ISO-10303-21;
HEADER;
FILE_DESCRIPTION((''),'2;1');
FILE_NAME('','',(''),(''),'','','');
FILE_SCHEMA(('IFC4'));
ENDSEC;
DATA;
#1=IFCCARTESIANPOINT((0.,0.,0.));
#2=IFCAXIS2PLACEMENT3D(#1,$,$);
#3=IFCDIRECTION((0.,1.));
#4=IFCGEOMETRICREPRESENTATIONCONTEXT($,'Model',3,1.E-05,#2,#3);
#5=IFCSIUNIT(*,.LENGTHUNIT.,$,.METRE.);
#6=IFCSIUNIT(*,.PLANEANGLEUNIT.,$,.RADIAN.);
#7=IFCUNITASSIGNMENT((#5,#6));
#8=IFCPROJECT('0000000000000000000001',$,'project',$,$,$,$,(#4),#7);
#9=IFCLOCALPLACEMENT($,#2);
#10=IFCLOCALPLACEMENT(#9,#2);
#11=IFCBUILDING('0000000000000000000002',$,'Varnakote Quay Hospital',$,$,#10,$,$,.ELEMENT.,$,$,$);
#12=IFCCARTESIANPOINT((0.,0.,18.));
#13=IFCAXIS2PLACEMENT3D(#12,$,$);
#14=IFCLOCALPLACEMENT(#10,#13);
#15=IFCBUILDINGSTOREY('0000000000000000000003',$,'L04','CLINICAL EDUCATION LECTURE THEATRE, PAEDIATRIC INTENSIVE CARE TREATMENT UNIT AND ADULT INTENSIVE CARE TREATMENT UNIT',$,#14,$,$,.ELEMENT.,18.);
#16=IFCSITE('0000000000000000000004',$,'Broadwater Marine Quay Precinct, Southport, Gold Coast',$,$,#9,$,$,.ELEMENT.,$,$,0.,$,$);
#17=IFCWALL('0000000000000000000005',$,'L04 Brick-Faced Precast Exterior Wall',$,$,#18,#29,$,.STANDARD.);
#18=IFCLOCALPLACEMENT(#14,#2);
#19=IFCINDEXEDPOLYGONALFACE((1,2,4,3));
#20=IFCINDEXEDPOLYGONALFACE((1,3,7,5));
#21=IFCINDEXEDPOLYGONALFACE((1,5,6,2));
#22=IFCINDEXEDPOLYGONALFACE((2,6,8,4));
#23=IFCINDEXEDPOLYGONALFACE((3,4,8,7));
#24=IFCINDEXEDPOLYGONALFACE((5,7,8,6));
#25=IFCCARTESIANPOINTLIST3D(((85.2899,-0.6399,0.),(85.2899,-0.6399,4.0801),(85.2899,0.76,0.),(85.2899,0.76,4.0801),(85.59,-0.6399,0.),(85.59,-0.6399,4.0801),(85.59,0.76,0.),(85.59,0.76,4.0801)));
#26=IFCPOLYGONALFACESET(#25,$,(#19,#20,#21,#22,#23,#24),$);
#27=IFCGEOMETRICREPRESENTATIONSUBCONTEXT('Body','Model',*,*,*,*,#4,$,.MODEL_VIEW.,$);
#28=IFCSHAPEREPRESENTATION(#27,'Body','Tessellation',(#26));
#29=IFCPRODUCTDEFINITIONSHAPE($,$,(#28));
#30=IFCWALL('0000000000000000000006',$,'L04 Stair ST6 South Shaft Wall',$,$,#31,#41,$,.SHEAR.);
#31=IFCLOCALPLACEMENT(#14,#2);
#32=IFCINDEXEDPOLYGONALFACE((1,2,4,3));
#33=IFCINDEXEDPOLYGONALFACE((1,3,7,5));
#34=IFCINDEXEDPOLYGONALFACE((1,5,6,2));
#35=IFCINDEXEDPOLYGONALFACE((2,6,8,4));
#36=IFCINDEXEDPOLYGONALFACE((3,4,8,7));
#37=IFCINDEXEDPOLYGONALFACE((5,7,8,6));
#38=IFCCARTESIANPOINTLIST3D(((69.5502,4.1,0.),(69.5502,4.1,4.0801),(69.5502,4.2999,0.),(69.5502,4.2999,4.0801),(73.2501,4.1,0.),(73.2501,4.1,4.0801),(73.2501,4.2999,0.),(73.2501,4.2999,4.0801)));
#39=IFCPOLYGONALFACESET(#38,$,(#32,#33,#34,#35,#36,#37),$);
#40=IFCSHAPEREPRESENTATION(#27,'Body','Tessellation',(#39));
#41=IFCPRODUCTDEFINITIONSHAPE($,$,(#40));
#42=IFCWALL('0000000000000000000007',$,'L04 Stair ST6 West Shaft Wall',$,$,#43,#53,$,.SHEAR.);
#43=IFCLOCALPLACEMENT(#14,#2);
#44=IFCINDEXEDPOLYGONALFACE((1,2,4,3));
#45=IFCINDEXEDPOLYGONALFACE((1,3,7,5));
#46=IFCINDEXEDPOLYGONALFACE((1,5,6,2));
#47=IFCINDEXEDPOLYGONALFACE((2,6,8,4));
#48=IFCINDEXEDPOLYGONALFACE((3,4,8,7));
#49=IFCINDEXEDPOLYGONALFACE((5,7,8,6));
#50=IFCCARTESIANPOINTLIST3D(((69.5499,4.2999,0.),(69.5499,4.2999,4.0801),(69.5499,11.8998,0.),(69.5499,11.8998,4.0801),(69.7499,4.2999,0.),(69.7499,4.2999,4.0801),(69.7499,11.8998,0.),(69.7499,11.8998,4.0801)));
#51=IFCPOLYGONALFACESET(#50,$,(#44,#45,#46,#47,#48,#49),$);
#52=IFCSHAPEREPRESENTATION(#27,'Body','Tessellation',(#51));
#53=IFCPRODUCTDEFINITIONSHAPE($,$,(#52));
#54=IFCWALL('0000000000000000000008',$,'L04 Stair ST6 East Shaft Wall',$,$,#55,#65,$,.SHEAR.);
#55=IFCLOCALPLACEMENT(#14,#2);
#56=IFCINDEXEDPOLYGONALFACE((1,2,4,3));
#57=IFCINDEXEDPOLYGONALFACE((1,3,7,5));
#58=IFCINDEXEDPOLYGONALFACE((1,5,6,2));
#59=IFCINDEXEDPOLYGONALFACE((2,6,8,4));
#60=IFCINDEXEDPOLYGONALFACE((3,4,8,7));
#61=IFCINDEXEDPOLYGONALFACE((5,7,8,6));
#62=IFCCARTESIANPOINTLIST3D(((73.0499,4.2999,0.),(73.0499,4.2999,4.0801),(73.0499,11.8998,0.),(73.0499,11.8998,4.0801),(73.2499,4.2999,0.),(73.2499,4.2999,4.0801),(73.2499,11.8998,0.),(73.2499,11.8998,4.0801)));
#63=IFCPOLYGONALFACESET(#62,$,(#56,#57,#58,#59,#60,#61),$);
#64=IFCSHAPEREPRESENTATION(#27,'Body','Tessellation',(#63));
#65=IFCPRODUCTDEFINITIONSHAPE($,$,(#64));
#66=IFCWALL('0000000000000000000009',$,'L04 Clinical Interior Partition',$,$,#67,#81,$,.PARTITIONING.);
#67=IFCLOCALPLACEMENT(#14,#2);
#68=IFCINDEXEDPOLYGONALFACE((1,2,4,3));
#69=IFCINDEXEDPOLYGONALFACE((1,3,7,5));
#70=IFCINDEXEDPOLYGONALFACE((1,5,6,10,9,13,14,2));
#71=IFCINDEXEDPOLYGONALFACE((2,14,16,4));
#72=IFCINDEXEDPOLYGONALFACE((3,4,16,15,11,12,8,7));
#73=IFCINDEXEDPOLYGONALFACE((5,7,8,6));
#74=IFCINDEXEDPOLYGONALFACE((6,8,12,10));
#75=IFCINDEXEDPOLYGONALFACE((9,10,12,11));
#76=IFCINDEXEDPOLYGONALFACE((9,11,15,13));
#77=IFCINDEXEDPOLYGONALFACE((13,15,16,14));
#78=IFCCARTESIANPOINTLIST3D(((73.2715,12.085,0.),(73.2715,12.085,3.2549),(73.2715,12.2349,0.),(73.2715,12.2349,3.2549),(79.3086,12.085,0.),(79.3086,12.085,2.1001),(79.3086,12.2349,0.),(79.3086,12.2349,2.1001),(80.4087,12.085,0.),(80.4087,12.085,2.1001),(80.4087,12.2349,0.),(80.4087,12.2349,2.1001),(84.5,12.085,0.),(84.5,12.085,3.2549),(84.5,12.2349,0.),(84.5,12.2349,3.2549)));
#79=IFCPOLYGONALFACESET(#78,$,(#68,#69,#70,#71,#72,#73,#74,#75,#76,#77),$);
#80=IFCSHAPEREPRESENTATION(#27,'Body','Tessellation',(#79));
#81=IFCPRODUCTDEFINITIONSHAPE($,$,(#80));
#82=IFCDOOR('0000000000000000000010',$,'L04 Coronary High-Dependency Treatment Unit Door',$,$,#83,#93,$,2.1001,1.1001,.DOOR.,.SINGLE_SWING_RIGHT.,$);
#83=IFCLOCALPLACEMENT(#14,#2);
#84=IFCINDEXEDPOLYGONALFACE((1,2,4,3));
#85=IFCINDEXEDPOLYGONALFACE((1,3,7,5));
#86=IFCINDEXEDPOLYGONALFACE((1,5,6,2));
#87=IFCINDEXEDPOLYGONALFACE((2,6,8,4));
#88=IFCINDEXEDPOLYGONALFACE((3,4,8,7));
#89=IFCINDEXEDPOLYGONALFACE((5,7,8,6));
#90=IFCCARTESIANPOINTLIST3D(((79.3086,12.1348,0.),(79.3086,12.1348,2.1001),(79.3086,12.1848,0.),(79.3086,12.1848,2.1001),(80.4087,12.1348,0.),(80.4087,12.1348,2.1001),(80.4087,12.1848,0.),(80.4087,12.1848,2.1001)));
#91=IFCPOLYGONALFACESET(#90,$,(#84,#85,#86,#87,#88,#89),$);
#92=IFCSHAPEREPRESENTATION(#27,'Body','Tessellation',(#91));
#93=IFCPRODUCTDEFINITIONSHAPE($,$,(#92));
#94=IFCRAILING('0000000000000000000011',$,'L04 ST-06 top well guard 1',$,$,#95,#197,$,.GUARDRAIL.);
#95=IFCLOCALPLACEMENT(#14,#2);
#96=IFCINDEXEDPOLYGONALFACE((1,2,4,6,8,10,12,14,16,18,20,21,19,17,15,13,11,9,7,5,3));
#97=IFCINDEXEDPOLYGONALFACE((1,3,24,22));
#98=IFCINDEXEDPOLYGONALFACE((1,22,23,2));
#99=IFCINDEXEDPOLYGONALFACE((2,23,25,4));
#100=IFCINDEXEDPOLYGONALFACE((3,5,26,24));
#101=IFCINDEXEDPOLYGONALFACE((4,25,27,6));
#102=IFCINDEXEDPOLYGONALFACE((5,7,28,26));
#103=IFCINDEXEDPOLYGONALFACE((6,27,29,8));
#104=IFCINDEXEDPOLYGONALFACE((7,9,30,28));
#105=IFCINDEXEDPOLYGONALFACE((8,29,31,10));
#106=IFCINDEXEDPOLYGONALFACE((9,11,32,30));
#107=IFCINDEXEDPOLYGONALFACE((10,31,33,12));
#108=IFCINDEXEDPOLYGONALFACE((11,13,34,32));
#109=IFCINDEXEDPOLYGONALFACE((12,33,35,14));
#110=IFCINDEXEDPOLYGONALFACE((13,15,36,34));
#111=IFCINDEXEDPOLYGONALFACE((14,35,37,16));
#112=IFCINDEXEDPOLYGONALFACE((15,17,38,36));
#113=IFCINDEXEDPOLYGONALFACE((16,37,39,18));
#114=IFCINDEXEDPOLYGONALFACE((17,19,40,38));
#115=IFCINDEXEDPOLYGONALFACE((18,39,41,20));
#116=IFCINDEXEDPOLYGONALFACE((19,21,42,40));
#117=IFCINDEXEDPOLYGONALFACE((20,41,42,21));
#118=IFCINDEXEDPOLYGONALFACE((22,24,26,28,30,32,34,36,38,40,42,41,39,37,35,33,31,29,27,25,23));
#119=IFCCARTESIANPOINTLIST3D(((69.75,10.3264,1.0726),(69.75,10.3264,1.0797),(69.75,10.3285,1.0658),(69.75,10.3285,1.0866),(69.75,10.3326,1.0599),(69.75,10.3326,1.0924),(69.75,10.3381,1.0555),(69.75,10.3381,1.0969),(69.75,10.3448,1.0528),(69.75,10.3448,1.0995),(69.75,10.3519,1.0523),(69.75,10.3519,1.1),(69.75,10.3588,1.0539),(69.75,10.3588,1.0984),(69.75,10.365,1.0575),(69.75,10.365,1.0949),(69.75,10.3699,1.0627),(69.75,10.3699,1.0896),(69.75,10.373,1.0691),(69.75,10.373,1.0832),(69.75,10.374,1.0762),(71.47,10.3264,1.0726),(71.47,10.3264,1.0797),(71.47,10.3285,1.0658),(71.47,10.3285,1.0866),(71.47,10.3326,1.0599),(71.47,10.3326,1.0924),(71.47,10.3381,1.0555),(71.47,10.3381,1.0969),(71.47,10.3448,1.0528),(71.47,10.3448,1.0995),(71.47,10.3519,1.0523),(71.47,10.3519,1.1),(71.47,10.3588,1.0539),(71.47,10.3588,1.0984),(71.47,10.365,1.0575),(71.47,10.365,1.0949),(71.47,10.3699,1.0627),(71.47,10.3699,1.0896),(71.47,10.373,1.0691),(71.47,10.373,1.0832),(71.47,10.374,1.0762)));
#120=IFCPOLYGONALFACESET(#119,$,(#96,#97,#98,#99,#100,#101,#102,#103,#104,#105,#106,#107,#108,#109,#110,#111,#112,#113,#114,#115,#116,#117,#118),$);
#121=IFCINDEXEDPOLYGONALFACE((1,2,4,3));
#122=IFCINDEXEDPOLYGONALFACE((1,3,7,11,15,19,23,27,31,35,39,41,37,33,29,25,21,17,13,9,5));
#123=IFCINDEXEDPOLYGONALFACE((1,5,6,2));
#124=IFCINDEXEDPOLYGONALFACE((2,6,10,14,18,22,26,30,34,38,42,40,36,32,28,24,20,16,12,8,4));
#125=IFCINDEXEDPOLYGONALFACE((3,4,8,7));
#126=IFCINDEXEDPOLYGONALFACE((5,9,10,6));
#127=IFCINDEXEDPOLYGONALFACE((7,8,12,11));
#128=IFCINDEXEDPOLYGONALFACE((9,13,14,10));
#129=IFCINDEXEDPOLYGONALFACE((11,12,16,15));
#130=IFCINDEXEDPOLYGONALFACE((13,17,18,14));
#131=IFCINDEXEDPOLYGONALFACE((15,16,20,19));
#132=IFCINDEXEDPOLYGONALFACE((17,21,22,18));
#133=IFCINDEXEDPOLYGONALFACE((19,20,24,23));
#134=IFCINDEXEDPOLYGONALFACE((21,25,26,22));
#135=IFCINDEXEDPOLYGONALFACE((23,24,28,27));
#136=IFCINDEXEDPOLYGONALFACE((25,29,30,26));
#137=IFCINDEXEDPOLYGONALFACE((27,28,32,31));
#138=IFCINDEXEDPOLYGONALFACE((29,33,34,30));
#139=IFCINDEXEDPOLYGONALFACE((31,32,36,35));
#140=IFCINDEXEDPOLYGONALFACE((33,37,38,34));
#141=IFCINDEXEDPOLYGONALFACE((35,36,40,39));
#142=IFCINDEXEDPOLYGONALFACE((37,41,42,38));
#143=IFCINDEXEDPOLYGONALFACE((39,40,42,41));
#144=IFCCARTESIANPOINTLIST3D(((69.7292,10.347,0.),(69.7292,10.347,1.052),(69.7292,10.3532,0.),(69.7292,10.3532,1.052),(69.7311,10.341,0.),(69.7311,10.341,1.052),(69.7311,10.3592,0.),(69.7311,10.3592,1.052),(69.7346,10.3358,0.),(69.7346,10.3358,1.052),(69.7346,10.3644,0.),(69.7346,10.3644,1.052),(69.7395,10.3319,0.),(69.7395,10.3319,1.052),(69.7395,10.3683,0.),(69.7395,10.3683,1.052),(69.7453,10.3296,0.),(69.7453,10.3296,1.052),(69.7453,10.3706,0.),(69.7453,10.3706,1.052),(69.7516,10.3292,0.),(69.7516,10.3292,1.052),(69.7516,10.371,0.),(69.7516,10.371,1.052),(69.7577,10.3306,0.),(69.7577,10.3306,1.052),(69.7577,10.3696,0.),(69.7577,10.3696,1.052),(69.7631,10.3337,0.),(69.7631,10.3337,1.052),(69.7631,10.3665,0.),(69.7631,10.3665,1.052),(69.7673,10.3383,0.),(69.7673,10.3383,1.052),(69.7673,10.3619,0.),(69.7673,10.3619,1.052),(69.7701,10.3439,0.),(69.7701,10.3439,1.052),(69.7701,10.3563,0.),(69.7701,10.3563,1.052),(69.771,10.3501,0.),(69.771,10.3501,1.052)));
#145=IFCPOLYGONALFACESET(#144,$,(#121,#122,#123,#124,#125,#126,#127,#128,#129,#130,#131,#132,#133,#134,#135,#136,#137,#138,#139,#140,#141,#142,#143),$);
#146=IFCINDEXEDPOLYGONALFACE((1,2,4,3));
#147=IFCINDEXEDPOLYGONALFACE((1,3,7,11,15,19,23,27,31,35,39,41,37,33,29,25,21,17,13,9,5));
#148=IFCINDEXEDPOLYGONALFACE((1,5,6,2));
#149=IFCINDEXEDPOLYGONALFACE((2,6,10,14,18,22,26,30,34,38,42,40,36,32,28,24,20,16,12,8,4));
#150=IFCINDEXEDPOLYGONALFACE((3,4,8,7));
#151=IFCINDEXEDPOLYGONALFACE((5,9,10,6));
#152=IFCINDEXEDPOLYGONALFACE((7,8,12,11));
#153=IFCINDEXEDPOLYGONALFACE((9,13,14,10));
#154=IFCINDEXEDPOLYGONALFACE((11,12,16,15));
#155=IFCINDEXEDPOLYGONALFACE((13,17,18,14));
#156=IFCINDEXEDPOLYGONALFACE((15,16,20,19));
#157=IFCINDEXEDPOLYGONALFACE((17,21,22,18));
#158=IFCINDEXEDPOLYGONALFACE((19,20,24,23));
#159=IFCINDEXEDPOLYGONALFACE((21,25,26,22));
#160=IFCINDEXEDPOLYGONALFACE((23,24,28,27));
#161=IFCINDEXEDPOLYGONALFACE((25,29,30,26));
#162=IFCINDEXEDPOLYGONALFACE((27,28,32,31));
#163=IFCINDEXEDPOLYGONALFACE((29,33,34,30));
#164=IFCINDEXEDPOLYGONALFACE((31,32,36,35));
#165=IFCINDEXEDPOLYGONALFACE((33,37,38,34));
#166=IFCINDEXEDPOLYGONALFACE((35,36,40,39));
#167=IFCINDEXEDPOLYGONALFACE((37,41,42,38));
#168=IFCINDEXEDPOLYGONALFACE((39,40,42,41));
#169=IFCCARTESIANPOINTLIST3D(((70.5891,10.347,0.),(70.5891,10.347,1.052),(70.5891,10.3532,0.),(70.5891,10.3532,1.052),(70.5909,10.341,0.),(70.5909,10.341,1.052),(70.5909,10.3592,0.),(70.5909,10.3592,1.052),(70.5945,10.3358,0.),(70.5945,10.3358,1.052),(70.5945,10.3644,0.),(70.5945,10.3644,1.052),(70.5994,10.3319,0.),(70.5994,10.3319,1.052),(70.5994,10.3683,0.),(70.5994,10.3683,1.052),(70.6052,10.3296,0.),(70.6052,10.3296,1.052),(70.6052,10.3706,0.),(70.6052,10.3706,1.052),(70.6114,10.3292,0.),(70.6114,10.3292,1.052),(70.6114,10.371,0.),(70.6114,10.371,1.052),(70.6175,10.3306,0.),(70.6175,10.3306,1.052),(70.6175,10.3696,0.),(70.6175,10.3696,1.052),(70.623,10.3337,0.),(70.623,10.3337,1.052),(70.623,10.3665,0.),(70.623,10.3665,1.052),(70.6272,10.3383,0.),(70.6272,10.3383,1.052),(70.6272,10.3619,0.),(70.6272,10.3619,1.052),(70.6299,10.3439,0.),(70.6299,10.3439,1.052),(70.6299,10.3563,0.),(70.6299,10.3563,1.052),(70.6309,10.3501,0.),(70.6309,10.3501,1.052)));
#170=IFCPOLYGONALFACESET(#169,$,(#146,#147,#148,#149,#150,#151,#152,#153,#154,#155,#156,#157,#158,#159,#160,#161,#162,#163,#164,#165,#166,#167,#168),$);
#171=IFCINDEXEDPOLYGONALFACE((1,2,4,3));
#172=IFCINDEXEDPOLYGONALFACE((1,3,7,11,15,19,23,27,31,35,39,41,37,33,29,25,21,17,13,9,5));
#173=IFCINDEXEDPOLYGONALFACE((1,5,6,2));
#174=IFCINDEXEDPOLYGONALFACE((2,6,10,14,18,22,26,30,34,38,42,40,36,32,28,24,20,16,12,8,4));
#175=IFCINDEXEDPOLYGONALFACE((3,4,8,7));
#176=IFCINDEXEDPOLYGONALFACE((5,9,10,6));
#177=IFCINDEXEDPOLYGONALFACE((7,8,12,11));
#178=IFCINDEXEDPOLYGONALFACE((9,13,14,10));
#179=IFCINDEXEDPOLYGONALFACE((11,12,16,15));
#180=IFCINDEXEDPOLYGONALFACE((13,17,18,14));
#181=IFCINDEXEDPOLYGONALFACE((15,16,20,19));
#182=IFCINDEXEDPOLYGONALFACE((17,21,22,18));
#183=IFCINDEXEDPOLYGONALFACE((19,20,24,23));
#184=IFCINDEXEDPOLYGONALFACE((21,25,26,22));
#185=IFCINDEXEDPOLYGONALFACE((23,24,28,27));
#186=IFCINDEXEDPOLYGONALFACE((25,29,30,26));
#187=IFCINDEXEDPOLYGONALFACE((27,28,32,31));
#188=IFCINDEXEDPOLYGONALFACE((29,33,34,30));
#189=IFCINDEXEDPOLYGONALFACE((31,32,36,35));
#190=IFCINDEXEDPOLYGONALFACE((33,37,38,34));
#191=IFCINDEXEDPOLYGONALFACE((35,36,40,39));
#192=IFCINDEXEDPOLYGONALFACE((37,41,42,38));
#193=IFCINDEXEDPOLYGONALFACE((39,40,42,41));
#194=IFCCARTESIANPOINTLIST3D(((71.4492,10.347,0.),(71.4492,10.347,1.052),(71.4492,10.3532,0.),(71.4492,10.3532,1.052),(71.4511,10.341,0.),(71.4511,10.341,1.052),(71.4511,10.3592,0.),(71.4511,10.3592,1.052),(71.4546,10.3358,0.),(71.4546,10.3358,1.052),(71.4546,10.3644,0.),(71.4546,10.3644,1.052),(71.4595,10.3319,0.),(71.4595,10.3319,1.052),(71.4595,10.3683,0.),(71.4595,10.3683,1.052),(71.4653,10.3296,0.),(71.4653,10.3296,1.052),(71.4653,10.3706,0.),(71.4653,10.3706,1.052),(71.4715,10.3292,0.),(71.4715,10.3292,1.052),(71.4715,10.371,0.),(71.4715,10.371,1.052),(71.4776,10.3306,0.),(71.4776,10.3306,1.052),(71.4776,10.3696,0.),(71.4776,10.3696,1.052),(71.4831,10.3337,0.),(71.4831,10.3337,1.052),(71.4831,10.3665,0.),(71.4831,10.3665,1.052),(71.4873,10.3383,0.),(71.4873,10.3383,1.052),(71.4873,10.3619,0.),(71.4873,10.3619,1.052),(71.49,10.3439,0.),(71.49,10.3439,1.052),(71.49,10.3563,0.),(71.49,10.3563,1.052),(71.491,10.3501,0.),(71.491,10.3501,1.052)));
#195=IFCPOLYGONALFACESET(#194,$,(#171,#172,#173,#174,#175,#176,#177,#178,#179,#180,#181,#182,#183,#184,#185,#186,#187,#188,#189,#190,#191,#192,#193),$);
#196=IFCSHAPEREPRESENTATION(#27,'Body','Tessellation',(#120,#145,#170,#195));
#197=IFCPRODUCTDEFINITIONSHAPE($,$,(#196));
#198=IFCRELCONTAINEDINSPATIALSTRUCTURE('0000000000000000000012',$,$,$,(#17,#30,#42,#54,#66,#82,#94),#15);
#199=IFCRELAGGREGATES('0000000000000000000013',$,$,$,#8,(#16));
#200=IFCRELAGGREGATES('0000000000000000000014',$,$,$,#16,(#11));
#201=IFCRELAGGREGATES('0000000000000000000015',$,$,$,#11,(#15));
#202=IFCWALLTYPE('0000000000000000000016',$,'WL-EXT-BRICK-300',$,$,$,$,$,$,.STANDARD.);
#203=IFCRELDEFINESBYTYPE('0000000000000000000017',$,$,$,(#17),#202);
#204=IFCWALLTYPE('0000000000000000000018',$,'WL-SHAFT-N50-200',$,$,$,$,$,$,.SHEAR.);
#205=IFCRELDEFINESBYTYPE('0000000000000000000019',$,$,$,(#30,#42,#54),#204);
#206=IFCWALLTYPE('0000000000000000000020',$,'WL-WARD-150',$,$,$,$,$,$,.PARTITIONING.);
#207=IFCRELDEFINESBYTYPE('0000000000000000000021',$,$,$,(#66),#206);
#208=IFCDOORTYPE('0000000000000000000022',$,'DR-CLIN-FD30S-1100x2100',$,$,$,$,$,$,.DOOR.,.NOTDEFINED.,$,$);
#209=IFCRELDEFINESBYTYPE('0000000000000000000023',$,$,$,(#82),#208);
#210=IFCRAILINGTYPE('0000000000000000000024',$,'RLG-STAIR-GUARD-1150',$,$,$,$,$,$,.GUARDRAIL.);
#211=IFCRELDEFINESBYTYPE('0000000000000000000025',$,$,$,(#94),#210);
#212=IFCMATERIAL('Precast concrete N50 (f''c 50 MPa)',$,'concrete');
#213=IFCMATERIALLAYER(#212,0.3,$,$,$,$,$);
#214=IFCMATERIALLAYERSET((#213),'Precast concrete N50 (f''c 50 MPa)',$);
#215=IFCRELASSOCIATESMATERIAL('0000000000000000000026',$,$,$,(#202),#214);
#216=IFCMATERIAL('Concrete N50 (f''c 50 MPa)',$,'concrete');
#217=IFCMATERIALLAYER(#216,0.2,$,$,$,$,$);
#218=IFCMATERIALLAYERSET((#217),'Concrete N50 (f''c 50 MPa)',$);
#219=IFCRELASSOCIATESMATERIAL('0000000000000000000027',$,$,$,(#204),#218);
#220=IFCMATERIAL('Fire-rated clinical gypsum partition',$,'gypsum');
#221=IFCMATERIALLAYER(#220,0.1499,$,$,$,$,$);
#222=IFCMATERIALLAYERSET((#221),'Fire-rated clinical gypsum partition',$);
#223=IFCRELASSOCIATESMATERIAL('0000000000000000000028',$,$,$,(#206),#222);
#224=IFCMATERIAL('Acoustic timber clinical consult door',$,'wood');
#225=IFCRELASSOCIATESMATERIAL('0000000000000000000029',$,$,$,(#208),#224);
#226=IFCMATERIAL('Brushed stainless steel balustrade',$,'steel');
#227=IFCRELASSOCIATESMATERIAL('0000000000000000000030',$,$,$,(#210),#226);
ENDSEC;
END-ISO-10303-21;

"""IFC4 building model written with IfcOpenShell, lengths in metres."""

from ifc_helpers import new_model, si_unit, direction, frame, frame_2d, origin, origin_2d, place, context, subcontext, project, spatial, rectangle, circle, extrude, material, layer, layer_set, type_object, element, fill, save


model = new_model("IFC4")

# Units and contexts
model_context = context("Model", 3, precision=1e-05, world=origin(), true_north=direction((0.0, 1.0)))
body_context = subcontext(model_context, "Body", "Model", "MODEL_VIEW")
ifc_project = project(units=[si_unit("LENGTHUNIT", "METRE"), si_unit("PLANEANGLEUNIT", "RADIAN")], contexts=[model_context])

# Site, building, storey
site_placement = place(None, origin())
site = spatial("IfcSite", under=ifc_project, at=site_placement, Name="Broadwater Marine Quay Precinct, Southport, Gold Coast", CompositionType="ELEMENT", RefElevation=0.0)
building_placement = place(site_placement, origin())
building = spatial("IfcBuilding", under=site, at=building_placement, Name="Varnakote Quay Hospital", CompositionType="ELEMENT")
storey_placement = place(building_placement, frame((0.0, 0.0, 18.0)))
storey = spatial("IfcBuildingStorey", under=building, at=storey_placement, Name="L04", Description="CLINICAL EDUCATION LECTURE THEATRE, PAEDIATRIC INTENSIVE CARE TREATMENT UNIT AND ADULT INTENSIVE CARE TREATMENT UNIT", CompositionType="ELEMENT", Elevation=18.0)

# Walls
ifc_material_1 = material(Name="Precast concrete N50 (f'c 50 MPa)", Category="concrete")
ifc_layer_1 = layer(ifc_material_1, 0.3)
ifc_layer_set_1 = layer_set([ifc_layer_1], Name="Precast concrete N50 (f'c 50 MPa)")
wall_type_1 = type_object("IfcWallType", Name="WL-EXT-BRICK-300", PredefinedType="STANDARD", material=ifc_layer_set_1)
wall_1_placement = place(storey_placement, frame((85.4399, -0.6399, 0.0), z_axis=(0.0, 0.0, 1.0), x_axis=(0.0, 1.0, 0.0)))
element("IfcWall", 1, at=wall_1_placement, inside=storey, type_object=wall_type_1, Name="L04 Brick-Faced Precast Exterior Wall", PredefinedType="STANDARD", context=body_context, shape_type="SweptSolid", body=[
    extrude(rectangle(XDim=1.3999, YDim=0.3, at=frame_2d((0.7, 0.0))), origin(), (0.0, 0.0, 1.0), 4.0801),
])
ifc_material_2 = material(Name="Concrete N50 (f'c 50 MPa)", Category="concrete")
ifc_layer_2 = layer(ifc_material_2, 0.2)
ifc_layer_set_2 = layer_set([ifc_layer_2], Name="Concrete N50 (f'c 50 MPa)")
wall_type_2 = type_object("IfcWallType", Name="WL-SHAFT-N50-200", PredefinedType="SHEAR", material=ifc_layer_set_2)
wall_2_placement = place(storey_placement, frame((69.55, 4.2, 0.0), z_axis=(0.0, 0.0, 1.0), x_axis=(1.0, 0.0, 0.0)))
element("IfcWall", 2, at=wall_2_placement, inside=storey, type_object=wall_type_2, Name="L04 Stair ST6 South Shaft Wall", PredefinedType="SHEAR", context=body_context, shape_type="SweptSolid", body=[
    extrude(rectangle(XDim=3.7, YDim=0.2, at=frame_2d((1.8501, 0.0))), origin(), (0.0, 0.0, 1.0), 4.0801),
])
for number, where, z_axis, x_axis, name in (
    (3, (69.6499, 4.3, 0.0), (0.0, 0.0, 1.0), (0.0, 1.0, 0.0), "L04 Stair ST6 West Shaft Wall"),
    (4, (73.1499, 4.3, 0.0), (0.0, 0.0, 1.0), (0.0, 1.0, 0.0), "L04 Stair ST6 East Shaft Wall"),
):
    element("IfcWall", number, at=place(storey_placement, frame(where, z_axis=z_axis, x_axis=x_axis)), inside=storey, type_object=wall_type_2, Name=name, PredefinedType="SHEAR", context=body_context, shape_type="SweptSolid", body=[
        extrude(rectangle(XDim=7.5999, YDim=0.2, at=frame_2d((3.7998, 0.0))), origin(), (0.0, 0.0, 1.0), 4.0801),
    ])

# Wall, opening, door
ifc_material_3 = material(Name="Fire-rated clinical gypsum partition", Category="gypsum")
ifc_layer_3 = layer(ifc_material_3, 0.1499)
ifc_layer_set_3 = layer_set([ifc_layer_3], Name="Fire-rated clinical gypsum partition")
wall_type_3 = type_object("IfcWallType", Name="WL-WARD-150", PredefinedType="PARTITIONING", material=ifc_layer_set_3)
wall_3_placement = place(storey_placement, frame((73.2715, 12.1599, 0.0), z_axis=(0.0, 0.0, 1.0), x_axis=(1.0, 0.0, 0.0)))
wall_3 = element("IfcWall", 5, at=wall_3_placement, inside=storey, type_object=wall_type_3, Name="L04 Clinical Interior Partition", PredefinedType="PARTITIONING", context=body_context, shape_type="SweptSolid", body=[
    extrude(rectangle(XDim=11.2285, YDim=0.1499, at=frame_2d((5.6143, 0.0))), origin(), (0.0, 0.0, 1.0), 3.2549),
])
opening_1_placement = place(wall_3_placement, frame((6.0371, 0.0, 0.0)))
opening_1 = element("IfcOpeningElement", 6, at=opening_1_placement, cuts=wall_3, PredefinedType="OPENING", context=body_context, shape_type="SweptSolid", body=[
    extrude(rectangle(XDim=1.1001, YDim=2.1001, at=frame_2d((0.55, 1.05))), frame((0.0, 0.085, 0.0), z_axis=(0.0, -1.0, 0.0), x_axis=(1.0, 0.0, 0.0)), (0.0, 0.0, 1.0), 0.1699),
])
ifc_material_4 = material(Name="Acoustic timber clinical consult door", Category="wood")
door_type_1 = type_object("IfcDoorType", Name="DR-CLIN-FD30S-1100x2100", OperationType="NOTDEFINED", PredefinedType="DOOR", material=ifc_material_4)
door_1_placement = place(opening_1_placement, origin())
door_1 = element("IfcDoor", 7, at=door_1_placement, inside=storey, type_object=door_type_1, Name="L04 Coronary High-Dependency Treatment Unit Door", OperationType="SINGLE_SWING_RIGHT", OverallHeight=2.1001, OverallWidth=1.1001, PredefinedType="DOOR", context=body_context, shape_type="SweptSolid", body=[
    extrude(rectangle(XDim=1.1001, YDim=2.1001, at=frame_2d((0.55, 1.05))), frame((0.0, 0.0249, 0.0), z_axis=(0.0, -1.0, 0.0), x_axis=(1.0, 0.0, 0.0)), (0.0, 0.0, 1.0), 0.05),
])
fill(opening_1, door_1)

# Railing
ifc_material_5 = material(Name="Brushed stainless steel balustrade", Category="steel")
railing_type = type_object("IfcRailingType", Name="RLG-STAIR-GUARD-1150", PredefinedType="GUARDRAIL", material=ifc_material_5)
railing_placement = place(storey_placement, frame((69.75, 10.3501, 0.0)))
element("IfcRailing", 8, at=railing_placement, inside=storey, type_object=railing_type, Name="L04 ST-06 top well guard 1", PredefinedType="GUARDRAIL", context=body_context, shape_type="SweptSolid", body=[
    extrude(circle(Radius=0.0239, at=origin_2d()), frame((0.0, 0.0, 1.0762), z_axis=(1.0, 0.0, 0.0), x_axis=(0.0, 1.0, 0.0)), (0.0, 0.0, 1.0), 1.72),
    extrude(circle(Radius=0.021, at=origin_2d()), origin(), (0.0, 0.0, 1.0), 1.052),
    extrude(circle(Radius=0.021, at=origin_2d()), frame((0.8599, 0.0, 0.0)), (0.0, 0.0, 1.0), 1.052),
    extrude(circle(Radius=0.021, at=origin_2d()), frame((1.72, 0.0, 0.0)), (0.0, 0.0, 1.0), 1.052),
])

save(model, "model.ifc")
